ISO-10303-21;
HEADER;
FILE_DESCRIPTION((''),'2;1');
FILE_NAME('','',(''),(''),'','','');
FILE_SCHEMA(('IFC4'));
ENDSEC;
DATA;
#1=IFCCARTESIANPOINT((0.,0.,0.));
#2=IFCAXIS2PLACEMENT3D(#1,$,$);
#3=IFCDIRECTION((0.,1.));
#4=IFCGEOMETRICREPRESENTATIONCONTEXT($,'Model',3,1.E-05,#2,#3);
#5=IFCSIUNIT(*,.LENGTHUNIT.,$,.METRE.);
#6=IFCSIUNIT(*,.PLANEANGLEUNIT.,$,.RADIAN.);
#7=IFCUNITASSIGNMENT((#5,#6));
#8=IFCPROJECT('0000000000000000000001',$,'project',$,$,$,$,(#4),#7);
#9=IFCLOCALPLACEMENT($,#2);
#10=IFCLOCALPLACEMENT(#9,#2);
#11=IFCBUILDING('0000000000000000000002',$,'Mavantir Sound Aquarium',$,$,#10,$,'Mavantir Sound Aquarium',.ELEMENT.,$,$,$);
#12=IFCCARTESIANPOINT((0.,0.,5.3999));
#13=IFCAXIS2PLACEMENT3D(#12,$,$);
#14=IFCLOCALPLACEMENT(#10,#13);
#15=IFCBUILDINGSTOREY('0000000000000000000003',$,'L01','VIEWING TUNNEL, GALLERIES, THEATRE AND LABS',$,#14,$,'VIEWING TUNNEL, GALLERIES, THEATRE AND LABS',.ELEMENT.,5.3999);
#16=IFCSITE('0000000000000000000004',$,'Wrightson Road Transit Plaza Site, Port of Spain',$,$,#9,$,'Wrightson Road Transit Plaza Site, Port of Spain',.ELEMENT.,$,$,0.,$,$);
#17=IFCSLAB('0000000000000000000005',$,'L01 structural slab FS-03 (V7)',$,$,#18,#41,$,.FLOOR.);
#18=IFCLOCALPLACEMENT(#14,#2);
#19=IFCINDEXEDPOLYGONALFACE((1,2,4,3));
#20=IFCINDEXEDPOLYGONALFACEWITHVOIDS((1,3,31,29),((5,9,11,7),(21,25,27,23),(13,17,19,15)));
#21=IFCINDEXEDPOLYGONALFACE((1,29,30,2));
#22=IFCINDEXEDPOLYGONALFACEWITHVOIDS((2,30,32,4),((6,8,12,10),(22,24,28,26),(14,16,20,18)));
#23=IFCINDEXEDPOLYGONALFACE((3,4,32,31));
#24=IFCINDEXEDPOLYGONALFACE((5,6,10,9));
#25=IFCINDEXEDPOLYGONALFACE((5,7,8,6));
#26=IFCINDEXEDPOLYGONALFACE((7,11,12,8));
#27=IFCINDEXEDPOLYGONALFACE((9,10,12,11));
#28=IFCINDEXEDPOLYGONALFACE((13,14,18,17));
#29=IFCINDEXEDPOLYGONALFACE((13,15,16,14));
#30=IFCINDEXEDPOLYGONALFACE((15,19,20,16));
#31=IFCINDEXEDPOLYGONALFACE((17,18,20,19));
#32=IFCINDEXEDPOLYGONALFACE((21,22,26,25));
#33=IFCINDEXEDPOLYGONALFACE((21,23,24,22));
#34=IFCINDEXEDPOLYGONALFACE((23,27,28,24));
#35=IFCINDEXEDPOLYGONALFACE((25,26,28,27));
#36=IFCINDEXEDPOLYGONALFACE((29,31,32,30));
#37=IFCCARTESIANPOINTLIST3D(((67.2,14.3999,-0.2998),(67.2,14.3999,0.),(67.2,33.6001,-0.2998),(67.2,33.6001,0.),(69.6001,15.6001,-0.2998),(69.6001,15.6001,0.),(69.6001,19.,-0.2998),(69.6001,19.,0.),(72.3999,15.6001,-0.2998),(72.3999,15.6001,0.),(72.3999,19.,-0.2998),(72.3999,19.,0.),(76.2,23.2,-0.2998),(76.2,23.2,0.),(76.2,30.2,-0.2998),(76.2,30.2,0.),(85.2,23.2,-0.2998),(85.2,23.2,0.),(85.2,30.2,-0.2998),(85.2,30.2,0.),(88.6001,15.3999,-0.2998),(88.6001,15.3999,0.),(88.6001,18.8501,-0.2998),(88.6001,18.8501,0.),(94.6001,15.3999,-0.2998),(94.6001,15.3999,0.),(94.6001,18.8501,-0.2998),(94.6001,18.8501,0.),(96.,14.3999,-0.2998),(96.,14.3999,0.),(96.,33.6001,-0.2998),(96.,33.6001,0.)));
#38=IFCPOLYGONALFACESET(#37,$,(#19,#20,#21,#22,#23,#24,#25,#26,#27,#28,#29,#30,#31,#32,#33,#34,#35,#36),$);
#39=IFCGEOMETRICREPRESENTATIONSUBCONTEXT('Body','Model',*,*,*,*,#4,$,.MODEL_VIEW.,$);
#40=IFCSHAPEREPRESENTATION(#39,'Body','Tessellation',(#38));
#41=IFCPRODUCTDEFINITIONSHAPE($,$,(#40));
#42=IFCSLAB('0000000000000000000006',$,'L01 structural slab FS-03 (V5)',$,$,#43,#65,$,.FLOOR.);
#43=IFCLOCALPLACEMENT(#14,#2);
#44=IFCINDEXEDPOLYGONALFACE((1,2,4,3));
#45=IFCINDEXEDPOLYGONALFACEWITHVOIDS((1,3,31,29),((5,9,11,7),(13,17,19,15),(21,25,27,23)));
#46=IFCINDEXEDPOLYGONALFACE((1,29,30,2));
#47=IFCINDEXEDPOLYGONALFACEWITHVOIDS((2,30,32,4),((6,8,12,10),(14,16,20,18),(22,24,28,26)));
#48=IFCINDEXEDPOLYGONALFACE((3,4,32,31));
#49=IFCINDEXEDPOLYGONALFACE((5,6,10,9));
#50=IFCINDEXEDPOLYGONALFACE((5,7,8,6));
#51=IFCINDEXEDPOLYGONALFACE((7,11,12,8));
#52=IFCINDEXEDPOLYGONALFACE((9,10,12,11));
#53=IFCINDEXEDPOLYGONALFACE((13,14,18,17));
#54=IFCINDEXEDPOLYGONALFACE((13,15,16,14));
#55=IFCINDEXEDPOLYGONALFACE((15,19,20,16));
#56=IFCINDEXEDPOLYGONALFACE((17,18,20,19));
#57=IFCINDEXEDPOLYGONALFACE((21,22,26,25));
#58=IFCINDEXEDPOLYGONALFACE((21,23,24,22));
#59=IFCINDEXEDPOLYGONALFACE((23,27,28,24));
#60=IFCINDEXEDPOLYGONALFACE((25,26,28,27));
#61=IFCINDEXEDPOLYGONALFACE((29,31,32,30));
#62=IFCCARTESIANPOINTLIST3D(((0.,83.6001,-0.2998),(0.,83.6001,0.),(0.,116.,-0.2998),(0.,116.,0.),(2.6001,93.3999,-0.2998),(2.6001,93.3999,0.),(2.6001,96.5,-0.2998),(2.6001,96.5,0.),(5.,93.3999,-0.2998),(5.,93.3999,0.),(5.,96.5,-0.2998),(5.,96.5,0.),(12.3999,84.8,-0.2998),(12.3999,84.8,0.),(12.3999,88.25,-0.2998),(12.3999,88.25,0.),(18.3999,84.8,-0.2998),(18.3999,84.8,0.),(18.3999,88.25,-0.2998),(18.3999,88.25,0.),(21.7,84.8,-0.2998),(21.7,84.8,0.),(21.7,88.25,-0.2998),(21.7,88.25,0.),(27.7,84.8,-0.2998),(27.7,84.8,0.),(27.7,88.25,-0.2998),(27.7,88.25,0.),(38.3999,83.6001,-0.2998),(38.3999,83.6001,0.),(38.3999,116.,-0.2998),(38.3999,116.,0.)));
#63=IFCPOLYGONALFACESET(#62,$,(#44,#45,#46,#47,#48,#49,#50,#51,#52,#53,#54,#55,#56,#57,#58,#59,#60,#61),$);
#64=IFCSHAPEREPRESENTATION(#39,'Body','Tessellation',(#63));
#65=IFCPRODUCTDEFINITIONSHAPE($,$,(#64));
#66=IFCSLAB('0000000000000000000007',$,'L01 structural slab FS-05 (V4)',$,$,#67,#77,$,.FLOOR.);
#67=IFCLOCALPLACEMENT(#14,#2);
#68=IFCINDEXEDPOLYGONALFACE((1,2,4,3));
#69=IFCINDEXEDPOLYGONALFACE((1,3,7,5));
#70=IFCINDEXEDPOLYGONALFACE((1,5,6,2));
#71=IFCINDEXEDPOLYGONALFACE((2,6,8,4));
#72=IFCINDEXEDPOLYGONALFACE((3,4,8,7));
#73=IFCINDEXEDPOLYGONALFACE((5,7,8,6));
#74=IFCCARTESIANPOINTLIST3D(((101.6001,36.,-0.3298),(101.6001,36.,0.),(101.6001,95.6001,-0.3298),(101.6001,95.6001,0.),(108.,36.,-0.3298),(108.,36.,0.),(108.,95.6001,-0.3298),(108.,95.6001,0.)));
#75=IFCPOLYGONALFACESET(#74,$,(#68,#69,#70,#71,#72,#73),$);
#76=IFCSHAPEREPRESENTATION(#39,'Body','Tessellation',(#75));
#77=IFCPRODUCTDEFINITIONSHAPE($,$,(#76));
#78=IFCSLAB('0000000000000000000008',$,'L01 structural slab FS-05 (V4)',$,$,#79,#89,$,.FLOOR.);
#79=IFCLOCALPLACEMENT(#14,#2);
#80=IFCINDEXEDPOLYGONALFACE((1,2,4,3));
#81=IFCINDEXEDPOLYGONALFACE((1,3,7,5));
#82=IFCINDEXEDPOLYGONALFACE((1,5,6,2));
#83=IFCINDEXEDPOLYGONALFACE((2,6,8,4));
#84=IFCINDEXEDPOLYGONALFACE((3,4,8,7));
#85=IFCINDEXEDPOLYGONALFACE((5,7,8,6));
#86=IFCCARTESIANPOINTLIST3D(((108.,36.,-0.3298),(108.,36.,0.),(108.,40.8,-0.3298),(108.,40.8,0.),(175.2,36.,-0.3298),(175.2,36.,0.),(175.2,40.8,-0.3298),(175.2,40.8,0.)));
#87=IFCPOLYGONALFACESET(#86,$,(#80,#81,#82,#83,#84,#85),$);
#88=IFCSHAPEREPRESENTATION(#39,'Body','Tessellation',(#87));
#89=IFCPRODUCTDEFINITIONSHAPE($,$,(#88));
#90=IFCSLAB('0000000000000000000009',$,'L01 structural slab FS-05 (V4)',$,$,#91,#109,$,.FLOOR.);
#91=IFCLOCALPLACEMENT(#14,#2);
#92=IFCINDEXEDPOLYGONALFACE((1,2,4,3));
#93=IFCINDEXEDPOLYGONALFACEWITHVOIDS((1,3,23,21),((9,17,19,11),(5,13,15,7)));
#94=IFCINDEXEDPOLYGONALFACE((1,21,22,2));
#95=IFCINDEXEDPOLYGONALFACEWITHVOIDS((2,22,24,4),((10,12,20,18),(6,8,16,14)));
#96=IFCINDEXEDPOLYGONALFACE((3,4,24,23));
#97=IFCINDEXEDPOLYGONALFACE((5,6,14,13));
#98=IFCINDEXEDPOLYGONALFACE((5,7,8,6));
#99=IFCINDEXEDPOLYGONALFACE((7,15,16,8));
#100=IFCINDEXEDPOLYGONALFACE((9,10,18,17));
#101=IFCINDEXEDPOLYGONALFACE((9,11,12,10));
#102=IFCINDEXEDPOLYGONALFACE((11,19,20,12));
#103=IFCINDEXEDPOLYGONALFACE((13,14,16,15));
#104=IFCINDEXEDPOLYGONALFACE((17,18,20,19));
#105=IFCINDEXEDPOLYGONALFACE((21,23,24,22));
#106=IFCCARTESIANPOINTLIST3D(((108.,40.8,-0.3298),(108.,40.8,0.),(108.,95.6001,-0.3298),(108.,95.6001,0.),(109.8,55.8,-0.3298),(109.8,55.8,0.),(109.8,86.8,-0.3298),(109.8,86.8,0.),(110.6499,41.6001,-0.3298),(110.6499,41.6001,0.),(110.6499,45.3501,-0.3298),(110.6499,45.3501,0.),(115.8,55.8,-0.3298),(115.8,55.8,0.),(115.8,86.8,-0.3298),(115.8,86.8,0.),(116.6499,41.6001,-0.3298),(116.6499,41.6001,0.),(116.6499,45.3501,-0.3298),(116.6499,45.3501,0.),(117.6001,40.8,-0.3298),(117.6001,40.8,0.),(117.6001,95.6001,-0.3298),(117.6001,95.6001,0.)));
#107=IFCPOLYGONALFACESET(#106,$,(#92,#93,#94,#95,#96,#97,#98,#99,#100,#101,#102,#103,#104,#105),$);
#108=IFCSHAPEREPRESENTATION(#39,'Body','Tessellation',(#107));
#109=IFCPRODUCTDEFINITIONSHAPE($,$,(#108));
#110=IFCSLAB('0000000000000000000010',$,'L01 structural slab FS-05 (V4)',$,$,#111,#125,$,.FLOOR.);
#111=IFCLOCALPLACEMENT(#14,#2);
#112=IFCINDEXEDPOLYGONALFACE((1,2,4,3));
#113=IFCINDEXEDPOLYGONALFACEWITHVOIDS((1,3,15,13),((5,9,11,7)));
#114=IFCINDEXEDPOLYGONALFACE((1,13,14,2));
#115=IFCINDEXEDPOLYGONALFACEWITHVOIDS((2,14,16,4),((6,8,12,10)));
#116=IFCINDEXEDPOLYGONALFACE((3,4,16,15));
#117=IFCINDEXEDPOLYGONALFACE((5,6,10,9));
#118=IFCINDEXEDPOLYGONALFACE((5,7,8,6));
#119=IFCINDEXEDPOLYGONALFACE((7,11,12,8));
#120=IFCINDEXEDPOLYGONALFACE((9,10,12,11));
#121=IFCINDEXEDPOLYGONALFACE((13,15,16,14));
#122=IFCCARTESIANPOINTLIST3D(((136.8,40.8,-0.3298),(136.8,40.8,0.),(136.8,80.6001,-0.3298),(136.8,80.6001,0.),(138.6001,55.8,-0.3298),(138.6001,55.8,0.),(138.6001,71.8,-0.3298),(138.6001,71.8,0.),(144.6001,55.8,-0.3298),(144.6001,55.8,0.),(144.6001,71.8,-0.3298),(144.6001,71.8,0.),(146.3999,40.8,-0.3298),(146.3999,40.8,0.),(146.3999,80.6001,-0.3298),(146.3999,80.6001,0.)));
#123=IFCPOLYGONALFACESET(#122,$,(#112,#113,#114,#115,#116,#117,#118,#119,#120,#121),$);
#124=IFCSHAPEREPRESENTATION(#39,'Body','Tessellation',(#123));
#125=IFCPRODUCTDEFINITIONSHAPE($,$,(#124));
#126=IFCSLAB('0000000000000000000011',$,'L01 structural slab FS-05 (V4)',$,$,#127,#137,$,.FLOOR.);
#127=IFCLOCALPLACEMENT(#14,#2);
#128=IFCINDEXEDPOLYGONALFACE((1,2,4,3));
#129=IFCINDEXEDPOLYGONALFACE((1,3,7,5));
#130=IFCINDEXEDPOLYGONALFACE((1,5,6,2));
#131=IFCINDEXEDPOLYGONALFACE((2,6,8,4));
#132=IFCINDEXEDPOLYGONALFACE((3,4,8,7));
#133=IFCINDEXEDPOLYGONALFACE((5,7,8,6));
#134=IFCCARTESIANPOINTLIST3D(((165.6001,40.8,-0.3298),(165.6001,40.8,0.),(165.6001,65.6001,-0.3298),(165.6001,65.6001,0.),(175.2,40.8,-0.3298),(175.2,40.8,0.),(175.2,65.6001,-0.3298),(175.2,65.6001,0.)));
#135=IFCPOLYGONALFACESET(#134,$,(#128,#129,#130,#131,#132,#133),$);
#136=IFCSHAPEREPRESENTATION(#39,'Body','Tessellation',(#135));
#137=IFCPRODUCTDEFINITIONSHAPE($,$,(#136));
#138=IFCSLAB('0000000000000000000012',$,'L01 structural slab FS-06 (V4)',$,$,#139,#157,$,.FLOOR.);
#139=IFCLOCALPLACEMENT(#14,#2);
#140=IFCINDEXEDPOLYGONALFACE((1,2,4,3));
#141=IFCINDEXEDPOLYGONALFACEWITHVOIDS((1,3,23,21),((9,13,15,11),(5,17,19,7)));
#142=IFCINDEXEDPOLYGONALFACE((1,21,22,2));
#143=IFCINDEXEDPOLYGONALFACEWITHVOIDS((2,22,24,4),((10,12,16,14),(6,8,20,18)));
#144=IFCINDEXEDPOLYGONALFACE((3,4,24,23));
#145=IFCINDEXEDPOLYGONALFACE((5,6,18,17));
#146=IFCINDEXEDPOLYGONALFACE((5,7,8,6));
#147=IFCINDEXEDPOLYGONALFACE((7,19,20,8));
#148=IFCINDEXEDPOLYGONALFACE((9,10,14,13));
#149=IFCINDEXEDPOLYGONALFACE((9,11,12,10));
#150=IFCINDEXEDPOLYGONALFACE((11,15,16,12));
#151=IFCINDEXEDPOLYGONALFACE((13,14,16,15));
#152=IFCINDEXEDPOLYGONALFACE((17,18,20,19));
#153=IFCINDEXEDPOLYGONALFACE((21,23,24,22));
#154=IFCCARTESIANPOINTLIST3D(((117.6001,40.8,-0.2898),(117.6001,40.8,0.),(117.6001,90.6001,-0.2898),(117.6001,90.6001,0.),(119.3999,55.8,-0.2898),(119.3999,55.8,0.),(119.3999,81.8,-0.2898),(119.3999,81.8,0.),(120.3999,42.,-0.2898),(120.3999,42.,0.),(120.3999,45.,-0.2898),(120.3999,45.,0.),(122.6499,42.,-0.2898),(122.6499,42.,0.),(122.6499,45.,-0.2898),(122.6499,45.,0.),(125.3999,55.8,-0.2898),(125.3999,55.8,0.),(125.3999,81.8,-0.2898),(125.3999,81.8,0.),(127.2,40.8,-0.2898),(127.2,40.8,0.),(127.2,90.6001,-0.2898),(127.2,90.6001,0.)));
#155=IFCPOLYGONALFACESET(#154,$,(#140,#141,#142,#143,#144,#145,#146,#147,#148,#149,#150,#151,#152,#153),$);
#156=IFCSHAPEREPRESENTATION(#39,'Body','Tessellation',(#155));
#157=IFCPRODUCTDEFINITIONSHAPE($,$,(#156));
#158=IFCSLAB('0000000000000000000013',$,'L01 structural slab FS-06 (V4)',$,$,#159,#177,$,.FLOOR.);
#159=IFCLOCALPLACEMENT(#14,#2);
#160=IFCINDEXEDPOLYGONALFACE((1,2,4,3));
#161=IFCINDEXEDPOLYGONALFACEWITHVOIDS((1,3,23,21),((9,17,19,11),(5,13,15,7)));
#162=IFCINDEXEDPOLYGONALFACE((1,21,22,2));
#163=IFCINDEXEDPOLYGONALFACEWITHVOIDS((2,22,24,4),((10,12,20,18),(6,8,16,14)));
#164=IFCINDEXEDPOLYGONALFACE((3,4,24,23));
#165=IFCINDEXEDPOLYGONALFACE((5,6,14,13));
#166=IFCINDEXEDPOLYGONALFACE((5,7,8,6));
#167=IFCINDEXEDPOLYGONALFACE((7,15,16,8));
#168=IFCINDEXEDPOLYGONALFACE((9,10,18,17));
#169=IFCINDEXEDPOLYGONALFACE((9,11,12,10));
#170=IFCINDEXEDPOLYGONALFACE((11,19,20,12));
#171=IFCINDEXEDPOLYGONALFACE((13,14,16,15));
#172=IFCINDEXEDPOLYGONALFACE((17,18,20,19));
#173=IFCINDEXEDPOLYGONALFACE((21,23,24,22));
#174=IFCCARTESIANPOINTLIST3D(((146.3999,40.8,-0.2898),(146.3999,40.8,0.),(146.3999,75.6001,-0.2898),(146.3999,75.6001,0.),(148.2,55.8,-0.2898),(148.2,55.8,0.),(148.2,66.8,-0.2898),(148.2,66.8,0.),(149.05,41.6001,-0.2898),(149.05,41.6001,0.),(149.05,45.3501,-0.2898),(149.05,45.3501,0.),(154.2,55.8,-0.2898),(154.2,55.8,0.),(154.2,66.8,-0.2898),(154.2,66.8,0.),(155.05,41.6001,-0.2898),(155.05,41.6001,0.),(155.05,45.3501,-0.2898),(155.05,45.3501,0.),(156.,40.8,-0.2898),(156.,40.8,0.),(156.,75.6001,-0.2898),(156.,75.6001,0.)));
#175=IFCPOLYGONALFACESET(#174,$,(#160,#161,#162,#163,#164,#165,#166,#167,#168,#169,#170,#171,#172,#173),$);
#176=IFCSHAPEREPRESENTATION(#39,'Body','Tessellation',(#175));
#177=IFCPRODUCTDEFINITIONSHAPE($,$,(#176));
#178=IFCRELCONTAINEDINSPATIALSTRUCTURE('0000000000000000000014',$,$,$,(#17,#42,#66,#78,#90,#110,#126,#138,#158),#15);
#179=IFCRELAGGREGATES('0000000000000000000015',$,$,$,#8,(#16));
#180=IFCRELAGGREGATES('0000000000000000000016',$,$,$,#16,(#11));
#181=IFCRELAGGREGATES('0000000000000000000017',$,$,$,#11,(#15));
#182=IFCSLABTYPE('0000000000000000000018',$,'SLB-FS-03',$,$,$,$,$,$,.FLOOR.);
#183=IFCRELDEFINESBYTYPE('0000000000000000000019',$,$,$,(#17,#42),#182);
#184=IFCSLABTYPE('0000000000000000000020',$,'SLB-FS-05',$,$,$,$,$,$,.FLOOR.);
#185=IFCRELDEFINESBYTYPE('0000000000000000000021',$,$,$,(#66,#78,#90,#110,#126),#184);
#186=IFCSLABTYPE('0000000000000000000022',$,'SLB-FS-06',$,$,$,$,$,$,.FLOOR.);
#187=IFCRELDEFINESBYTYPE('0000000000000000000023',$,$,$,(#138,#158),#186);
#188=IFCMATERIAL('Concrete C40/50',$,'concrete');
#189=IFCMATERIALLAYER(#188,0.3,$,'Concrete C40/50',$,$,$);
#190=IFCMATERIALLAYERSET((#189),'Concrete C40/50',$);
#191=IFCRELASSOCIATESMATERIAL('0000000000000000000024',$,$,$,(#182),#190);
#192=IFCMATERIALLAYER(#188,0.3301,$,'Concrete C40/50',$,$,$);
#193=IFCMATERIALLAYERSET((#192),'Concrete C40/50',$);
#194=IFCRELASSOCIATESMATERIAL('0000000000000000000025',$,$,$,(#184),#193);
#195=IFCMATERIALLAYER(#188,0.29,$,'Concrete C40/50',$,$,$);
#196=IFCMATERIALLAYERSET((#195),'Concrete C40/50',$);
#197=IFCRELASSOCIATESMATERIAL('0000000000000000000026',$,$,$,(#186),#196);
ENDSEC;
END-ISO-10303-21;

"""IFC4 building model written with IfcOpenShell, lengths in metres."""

from ifc_helpers import new_model, si_unit, direction, frame, origin, place, context, subcontext, project, spatial, polyline, outline, extrude, material, layer, layer_set, type_object, element, save


model = new_model("IFC4")

# Units and contexts
model_context = context("Model", 3, precision=1e-05, world=origin(), true_north=direction((0.0, 1.0)))
body_context = subcontext(model_context, "Body", "Model", "MODEL_VIEW")
ifc_project = project(units=[si_unit("LENGTHUNIT", "METRE"), si_unit("PLANEANGLEUNIT", "RADIAN")], contexts=[model_context])

# Site, building, storey
site_placement = place(None, origin())
site = spatial("IfcSite", under=ifc_project, at=site_placement, Name="Wrightson Road Transit Plaza Site, Port of Spain", LongName="Wrightson Road Transit Plaza Site, Port of Spain", CompositionType="ELEMENT", RefElevation=0.0)
building_placement = place(site_placement, origin())
building = spatial("IfcBuilding", under=site, at=building_placement, Name="Mavantir Sound Aquarium", LongName="Mavantir Sound Aquarium", CompositionType="ELEMENT")
storey_placement = place(building_placement, frame((0.0, 0.0, 5.3999)))
storey = spatial("IfcBuildingStorey", under=building, at=storey_placement, Name="L01", Description="VIEWING TUNNEL, GALLERIES, THEATRE AND LABS", LongName="VIEWING TUNNEL, GALLERIES, THEATRE AND LABS", CompositionType="ELEMENT", Elevation=5.3999)

# Shared definitions
ifc_material_1 = material(Name="Concrete C40/50", Category="concrete")

# Slabs
ifc_layer_1 = layer(ifc_material_1, 0.3, Name="Concrete C40/50")
ifc_layer_set_1 = layer_set([ifc_layer_1], Name="Concrete C40/50")
slab_type_1 = type_object("IfcSlabType", Name="SLB-FS-03", PredefinedType="FLOOR", material=ifc_layer_set_1)
slab_1_placement = place(storey_placement, frame((0.0, 0.0, -0.2998)))
element("IfcSlab", 1, at=slab_1_placement, inside=storey, type_object=slab_type_1, Name="L01 structural slab FS-03 (V7)", PredefinedType="FLOOR", context=body_context, shape_type="SweptSolid", body=[
    extrude(outline(polyline([(96.0, 14.3999), (96.0, 33.6001), (67.2, 33.6001), (67.2, 14.3999), (96.0, 14.3999)]), holes=[polyline([(76.2, 23.2), (85.2, 23.2), (85.2, 30.2), (76.2, 30.2), (76.2, 23.2)]), polyline([(88.6001, 15.3999), (94.6001, 15.3999), (94.6001, 18.8501), (88.6001, 18.8501), (88.6001, 15.3999)]), polyline([(69.6001, 15.6001), (72.3999, 15.6001), (72.3999, 19.0), (69.6001, 19.0), (69.6001, 15.6001)])]), origin(), (0.0, 0.0, 1.0), 0.2998),
])
slab_2_placement = place(storey_placement, frame((0.0, 0.0, -0.2998)))
element("IfcSlab", 2, at=slab_2_placement, inside=storey, type_object=slab_type_1, Name="L01 structural slab FS-03 (V5)", PredefinedType="FLOOR", context=body_context, shape_type="SweptSolid", body=[
    extrude(outline(polyline([(38.3999, 83.6001), (38.3999, 116.0), (0.0, 116.0), (0.0, 83.6001), (38.3999, 83.6001)]), holes=[polyline([(12.3999, 84.8), (18.3999, 84.8), (18.3999, 88.25), (12.3999, 88.25), (12.3999, 84.8)]), polyline([(21.7, 84.8), (27.7, 84.8), (27.7, 88.25), (21.7, 88.25), (21.7, 84.8)]), polyline([(2.6001, 93.3999), (5.0, 93.3999), (5.0, 96.5), (2.6001, 96.5), (2.6001, 93.3999)])]), origin(), (0.0, 0.0, 1.0), 0.2998),
])
ifc_layer_2 = layer(ifc_material_1, 0.3301, Name="Concrete C40/50")
ifc_layer_set_2 = layer_set([ifc_layer_2], Name="Concrete C40/50")
slab_type_2 = type_object("IfcSlabType", Name="SLB-FS-05", PredefinedType="FLOOR", material=ifc_layer_set_2)
slab_3_placement = place(storey_placement, frame((0.0, 0.0, -0.3298)))
element("IfcSlab", 3, at=slab_3_placement, inside=storey, type_object=slab_type_2, Name="L01 structural slab FS-05 (V4)", PredefinedType="FLOOR", context=body_context, shape_type="SweptSolid", body=[
    extrude(outline(polyline([(108.0, 36.0), (108.0, 95.6001), (101.6001, 95.6001), (101.6001, 36.0), (108.0, 36.0)])), origin(), (0.0, 0.0, 1.0), 0.3298),
])
slab_4_placement = place(storey_placement, frame((0.0, 0.0, -0.3298)))
element("IfcSlab", 4, at=slab_4_placement, inside=storey, type_object=slab_type_2, Name="L01 structural slab FS-05 (V4)", PredefinedType="FLOOR", context=body_context, shape_type="SweptSolid", body=[
    extrude(outline(polyline([(175.2, 36.0), (175.2, 40.8), (108.0, 40.8), (108.0, 36.0), (175.2, 36.0)])), origin(), (0.0, 0.0, 1.0), 0.3298),
])
slab_5_placement = place(storey_placement, frame((0.0, 0.0, -0.3298)))
element("IfcSlab", 5, at=slab_5_placement, inside=storey, type_object=slab_type_2, Name="L01 structural slab FS-05 (V4)", PredefinedType="FLOOR", context=body_context, shape_type="SweptSolid", body=[
    extrude(outline(polyline([(117.6001, 40.8), (117.6001, 95.6001), (108.0, 95.6001), (108.0, 40.8), (117.6001, 40.8)]), holes=[polyline([(109.8, 55.8), (115.8, 55.8), (115.8, 86.8), (109.8, 86.8), (109.8, 55.8)]), polyline([(110.6499, 41.6001), (116.6499, 41.6001), (116.6499, 45.3501), (110.6499, 45.3501), (110.6499, 41.6001)])]), origin(), (0.0, 0.0, 1.0), 0.3298),
])
slab_6_placement = place(storey_placement, frame((0.0, 0.0, -0.3298)))
element("IfcSlab", 6, at=slab_6_placement, inside=storey, type_object=slab_type_2, Name="L01 structural slab FS-05 (V4)", PredefinedType="FLOOR", context=body_context, shape_type="SweptSolid", body=[
    extrude(outline(polyline([(146.3999, 40.8), (146.3999, 80.6001), (136.8, 80.6001), (136.8, 40.8), (146.3999, 40.8)]), holes=[polyline([(138.6001, 55.8), (144.6001, 55.8), (144.6001, 71.8), (138.6001, 71.8), (138.6001, 55.8)])]), origin(), (0.0, 0.0, 1.0), 0.3298),
])
slab_7_placement = place(storey_placement, frame((0.0, 0.0, -0.3298)))
element("IfcSlab", 7, at=slab_7_placement, inside=storey, type_object=slab_type_2, Name="L01 structural slab FS-05 (V4)", PredefinedType="FLOOR", context=body_context, shape_type="SweptSolid", body=[
    extrude(outline(polyline([(175.2, 40.8), (175.2, 65.6001), (165.6001, 65.6001), (165.6001, 40.8), (175.2, 40.8)])), origin(), (0.0, 0.0, 1.0), 0.3298),
])
ifc_layer_3 = layer(ifc_material_1, 0.29, Name="Concrete C40/50")
ifc_layer_set_3 = layer_set([ifc_layer_3], Name="Concrete C40/50")
slab_type_3 = type_object("IfcSlabType", Name="SLB-FS-06", PredefinedType="FLOOR", material=ifc_layer_set_3)
slab_8_placement = place(storey_placement, frame((0.0, 0.0, -0.2898)))
element("IfcSlab", 8, at=slab_8_placement, inside=storey, type_object=slab_type_3, Name="L01 structural slab FS-06 (V4)", PredefinedType="FLOOR", context=body_context, shape_type="SweptSolid", body=[
    extrude(outline(polyline([(127.2, 40.8), (127.2, 90.6001), (117.6001, 90.6001), (117.6001, 40.8), (127.2, 40.8)]), holes=[polyline([(119.3999, 55.8), (125.3999, 55.8), (125.3999, 81.8), (119.3999, 81.8), (119.3999, 55.8)]), polyline([(120.3999, 42.0), (122.6499, 42.0), (122.6499, 45.0), (120.3999, 45.0), (120.3999, 42.0)])]), origin(), (0.0, 0.0, 1.0), 0.2898),
])
slab_9_placement = place(storey_placement, frame((0.0, 0.0, -0.2898)))
element("IfcSlab", 9, at=slab_9_placement, inside=storey, type_object=slab_type_3, Name="L01 structural slab FS-06 (V4)", PredefinedType="FLOOR", context=body_context, shape_type="SweptSolid", body=[
    extrude(outline(polyline([(156.0, 40.8), (156.0, 75.6001), (146.3999, 75.6001), (146.3999, 40.8), (156.0, 40.8)]), holes=[polyline([(148.2, 55.8), (154.2, 55.8), (154.2, 66.8), (148.2, 66.8), (148.2, 55.8)]), polyline([(149.05, 41.6001), (155.05, 41.6001), (155.05, 45.3501), (149.05, 45.3501), (149.05, 41.6001)])]), origin(), (0.0, 0.0, 1.0), 0.2898),
])

save(model, "model.ifc")
